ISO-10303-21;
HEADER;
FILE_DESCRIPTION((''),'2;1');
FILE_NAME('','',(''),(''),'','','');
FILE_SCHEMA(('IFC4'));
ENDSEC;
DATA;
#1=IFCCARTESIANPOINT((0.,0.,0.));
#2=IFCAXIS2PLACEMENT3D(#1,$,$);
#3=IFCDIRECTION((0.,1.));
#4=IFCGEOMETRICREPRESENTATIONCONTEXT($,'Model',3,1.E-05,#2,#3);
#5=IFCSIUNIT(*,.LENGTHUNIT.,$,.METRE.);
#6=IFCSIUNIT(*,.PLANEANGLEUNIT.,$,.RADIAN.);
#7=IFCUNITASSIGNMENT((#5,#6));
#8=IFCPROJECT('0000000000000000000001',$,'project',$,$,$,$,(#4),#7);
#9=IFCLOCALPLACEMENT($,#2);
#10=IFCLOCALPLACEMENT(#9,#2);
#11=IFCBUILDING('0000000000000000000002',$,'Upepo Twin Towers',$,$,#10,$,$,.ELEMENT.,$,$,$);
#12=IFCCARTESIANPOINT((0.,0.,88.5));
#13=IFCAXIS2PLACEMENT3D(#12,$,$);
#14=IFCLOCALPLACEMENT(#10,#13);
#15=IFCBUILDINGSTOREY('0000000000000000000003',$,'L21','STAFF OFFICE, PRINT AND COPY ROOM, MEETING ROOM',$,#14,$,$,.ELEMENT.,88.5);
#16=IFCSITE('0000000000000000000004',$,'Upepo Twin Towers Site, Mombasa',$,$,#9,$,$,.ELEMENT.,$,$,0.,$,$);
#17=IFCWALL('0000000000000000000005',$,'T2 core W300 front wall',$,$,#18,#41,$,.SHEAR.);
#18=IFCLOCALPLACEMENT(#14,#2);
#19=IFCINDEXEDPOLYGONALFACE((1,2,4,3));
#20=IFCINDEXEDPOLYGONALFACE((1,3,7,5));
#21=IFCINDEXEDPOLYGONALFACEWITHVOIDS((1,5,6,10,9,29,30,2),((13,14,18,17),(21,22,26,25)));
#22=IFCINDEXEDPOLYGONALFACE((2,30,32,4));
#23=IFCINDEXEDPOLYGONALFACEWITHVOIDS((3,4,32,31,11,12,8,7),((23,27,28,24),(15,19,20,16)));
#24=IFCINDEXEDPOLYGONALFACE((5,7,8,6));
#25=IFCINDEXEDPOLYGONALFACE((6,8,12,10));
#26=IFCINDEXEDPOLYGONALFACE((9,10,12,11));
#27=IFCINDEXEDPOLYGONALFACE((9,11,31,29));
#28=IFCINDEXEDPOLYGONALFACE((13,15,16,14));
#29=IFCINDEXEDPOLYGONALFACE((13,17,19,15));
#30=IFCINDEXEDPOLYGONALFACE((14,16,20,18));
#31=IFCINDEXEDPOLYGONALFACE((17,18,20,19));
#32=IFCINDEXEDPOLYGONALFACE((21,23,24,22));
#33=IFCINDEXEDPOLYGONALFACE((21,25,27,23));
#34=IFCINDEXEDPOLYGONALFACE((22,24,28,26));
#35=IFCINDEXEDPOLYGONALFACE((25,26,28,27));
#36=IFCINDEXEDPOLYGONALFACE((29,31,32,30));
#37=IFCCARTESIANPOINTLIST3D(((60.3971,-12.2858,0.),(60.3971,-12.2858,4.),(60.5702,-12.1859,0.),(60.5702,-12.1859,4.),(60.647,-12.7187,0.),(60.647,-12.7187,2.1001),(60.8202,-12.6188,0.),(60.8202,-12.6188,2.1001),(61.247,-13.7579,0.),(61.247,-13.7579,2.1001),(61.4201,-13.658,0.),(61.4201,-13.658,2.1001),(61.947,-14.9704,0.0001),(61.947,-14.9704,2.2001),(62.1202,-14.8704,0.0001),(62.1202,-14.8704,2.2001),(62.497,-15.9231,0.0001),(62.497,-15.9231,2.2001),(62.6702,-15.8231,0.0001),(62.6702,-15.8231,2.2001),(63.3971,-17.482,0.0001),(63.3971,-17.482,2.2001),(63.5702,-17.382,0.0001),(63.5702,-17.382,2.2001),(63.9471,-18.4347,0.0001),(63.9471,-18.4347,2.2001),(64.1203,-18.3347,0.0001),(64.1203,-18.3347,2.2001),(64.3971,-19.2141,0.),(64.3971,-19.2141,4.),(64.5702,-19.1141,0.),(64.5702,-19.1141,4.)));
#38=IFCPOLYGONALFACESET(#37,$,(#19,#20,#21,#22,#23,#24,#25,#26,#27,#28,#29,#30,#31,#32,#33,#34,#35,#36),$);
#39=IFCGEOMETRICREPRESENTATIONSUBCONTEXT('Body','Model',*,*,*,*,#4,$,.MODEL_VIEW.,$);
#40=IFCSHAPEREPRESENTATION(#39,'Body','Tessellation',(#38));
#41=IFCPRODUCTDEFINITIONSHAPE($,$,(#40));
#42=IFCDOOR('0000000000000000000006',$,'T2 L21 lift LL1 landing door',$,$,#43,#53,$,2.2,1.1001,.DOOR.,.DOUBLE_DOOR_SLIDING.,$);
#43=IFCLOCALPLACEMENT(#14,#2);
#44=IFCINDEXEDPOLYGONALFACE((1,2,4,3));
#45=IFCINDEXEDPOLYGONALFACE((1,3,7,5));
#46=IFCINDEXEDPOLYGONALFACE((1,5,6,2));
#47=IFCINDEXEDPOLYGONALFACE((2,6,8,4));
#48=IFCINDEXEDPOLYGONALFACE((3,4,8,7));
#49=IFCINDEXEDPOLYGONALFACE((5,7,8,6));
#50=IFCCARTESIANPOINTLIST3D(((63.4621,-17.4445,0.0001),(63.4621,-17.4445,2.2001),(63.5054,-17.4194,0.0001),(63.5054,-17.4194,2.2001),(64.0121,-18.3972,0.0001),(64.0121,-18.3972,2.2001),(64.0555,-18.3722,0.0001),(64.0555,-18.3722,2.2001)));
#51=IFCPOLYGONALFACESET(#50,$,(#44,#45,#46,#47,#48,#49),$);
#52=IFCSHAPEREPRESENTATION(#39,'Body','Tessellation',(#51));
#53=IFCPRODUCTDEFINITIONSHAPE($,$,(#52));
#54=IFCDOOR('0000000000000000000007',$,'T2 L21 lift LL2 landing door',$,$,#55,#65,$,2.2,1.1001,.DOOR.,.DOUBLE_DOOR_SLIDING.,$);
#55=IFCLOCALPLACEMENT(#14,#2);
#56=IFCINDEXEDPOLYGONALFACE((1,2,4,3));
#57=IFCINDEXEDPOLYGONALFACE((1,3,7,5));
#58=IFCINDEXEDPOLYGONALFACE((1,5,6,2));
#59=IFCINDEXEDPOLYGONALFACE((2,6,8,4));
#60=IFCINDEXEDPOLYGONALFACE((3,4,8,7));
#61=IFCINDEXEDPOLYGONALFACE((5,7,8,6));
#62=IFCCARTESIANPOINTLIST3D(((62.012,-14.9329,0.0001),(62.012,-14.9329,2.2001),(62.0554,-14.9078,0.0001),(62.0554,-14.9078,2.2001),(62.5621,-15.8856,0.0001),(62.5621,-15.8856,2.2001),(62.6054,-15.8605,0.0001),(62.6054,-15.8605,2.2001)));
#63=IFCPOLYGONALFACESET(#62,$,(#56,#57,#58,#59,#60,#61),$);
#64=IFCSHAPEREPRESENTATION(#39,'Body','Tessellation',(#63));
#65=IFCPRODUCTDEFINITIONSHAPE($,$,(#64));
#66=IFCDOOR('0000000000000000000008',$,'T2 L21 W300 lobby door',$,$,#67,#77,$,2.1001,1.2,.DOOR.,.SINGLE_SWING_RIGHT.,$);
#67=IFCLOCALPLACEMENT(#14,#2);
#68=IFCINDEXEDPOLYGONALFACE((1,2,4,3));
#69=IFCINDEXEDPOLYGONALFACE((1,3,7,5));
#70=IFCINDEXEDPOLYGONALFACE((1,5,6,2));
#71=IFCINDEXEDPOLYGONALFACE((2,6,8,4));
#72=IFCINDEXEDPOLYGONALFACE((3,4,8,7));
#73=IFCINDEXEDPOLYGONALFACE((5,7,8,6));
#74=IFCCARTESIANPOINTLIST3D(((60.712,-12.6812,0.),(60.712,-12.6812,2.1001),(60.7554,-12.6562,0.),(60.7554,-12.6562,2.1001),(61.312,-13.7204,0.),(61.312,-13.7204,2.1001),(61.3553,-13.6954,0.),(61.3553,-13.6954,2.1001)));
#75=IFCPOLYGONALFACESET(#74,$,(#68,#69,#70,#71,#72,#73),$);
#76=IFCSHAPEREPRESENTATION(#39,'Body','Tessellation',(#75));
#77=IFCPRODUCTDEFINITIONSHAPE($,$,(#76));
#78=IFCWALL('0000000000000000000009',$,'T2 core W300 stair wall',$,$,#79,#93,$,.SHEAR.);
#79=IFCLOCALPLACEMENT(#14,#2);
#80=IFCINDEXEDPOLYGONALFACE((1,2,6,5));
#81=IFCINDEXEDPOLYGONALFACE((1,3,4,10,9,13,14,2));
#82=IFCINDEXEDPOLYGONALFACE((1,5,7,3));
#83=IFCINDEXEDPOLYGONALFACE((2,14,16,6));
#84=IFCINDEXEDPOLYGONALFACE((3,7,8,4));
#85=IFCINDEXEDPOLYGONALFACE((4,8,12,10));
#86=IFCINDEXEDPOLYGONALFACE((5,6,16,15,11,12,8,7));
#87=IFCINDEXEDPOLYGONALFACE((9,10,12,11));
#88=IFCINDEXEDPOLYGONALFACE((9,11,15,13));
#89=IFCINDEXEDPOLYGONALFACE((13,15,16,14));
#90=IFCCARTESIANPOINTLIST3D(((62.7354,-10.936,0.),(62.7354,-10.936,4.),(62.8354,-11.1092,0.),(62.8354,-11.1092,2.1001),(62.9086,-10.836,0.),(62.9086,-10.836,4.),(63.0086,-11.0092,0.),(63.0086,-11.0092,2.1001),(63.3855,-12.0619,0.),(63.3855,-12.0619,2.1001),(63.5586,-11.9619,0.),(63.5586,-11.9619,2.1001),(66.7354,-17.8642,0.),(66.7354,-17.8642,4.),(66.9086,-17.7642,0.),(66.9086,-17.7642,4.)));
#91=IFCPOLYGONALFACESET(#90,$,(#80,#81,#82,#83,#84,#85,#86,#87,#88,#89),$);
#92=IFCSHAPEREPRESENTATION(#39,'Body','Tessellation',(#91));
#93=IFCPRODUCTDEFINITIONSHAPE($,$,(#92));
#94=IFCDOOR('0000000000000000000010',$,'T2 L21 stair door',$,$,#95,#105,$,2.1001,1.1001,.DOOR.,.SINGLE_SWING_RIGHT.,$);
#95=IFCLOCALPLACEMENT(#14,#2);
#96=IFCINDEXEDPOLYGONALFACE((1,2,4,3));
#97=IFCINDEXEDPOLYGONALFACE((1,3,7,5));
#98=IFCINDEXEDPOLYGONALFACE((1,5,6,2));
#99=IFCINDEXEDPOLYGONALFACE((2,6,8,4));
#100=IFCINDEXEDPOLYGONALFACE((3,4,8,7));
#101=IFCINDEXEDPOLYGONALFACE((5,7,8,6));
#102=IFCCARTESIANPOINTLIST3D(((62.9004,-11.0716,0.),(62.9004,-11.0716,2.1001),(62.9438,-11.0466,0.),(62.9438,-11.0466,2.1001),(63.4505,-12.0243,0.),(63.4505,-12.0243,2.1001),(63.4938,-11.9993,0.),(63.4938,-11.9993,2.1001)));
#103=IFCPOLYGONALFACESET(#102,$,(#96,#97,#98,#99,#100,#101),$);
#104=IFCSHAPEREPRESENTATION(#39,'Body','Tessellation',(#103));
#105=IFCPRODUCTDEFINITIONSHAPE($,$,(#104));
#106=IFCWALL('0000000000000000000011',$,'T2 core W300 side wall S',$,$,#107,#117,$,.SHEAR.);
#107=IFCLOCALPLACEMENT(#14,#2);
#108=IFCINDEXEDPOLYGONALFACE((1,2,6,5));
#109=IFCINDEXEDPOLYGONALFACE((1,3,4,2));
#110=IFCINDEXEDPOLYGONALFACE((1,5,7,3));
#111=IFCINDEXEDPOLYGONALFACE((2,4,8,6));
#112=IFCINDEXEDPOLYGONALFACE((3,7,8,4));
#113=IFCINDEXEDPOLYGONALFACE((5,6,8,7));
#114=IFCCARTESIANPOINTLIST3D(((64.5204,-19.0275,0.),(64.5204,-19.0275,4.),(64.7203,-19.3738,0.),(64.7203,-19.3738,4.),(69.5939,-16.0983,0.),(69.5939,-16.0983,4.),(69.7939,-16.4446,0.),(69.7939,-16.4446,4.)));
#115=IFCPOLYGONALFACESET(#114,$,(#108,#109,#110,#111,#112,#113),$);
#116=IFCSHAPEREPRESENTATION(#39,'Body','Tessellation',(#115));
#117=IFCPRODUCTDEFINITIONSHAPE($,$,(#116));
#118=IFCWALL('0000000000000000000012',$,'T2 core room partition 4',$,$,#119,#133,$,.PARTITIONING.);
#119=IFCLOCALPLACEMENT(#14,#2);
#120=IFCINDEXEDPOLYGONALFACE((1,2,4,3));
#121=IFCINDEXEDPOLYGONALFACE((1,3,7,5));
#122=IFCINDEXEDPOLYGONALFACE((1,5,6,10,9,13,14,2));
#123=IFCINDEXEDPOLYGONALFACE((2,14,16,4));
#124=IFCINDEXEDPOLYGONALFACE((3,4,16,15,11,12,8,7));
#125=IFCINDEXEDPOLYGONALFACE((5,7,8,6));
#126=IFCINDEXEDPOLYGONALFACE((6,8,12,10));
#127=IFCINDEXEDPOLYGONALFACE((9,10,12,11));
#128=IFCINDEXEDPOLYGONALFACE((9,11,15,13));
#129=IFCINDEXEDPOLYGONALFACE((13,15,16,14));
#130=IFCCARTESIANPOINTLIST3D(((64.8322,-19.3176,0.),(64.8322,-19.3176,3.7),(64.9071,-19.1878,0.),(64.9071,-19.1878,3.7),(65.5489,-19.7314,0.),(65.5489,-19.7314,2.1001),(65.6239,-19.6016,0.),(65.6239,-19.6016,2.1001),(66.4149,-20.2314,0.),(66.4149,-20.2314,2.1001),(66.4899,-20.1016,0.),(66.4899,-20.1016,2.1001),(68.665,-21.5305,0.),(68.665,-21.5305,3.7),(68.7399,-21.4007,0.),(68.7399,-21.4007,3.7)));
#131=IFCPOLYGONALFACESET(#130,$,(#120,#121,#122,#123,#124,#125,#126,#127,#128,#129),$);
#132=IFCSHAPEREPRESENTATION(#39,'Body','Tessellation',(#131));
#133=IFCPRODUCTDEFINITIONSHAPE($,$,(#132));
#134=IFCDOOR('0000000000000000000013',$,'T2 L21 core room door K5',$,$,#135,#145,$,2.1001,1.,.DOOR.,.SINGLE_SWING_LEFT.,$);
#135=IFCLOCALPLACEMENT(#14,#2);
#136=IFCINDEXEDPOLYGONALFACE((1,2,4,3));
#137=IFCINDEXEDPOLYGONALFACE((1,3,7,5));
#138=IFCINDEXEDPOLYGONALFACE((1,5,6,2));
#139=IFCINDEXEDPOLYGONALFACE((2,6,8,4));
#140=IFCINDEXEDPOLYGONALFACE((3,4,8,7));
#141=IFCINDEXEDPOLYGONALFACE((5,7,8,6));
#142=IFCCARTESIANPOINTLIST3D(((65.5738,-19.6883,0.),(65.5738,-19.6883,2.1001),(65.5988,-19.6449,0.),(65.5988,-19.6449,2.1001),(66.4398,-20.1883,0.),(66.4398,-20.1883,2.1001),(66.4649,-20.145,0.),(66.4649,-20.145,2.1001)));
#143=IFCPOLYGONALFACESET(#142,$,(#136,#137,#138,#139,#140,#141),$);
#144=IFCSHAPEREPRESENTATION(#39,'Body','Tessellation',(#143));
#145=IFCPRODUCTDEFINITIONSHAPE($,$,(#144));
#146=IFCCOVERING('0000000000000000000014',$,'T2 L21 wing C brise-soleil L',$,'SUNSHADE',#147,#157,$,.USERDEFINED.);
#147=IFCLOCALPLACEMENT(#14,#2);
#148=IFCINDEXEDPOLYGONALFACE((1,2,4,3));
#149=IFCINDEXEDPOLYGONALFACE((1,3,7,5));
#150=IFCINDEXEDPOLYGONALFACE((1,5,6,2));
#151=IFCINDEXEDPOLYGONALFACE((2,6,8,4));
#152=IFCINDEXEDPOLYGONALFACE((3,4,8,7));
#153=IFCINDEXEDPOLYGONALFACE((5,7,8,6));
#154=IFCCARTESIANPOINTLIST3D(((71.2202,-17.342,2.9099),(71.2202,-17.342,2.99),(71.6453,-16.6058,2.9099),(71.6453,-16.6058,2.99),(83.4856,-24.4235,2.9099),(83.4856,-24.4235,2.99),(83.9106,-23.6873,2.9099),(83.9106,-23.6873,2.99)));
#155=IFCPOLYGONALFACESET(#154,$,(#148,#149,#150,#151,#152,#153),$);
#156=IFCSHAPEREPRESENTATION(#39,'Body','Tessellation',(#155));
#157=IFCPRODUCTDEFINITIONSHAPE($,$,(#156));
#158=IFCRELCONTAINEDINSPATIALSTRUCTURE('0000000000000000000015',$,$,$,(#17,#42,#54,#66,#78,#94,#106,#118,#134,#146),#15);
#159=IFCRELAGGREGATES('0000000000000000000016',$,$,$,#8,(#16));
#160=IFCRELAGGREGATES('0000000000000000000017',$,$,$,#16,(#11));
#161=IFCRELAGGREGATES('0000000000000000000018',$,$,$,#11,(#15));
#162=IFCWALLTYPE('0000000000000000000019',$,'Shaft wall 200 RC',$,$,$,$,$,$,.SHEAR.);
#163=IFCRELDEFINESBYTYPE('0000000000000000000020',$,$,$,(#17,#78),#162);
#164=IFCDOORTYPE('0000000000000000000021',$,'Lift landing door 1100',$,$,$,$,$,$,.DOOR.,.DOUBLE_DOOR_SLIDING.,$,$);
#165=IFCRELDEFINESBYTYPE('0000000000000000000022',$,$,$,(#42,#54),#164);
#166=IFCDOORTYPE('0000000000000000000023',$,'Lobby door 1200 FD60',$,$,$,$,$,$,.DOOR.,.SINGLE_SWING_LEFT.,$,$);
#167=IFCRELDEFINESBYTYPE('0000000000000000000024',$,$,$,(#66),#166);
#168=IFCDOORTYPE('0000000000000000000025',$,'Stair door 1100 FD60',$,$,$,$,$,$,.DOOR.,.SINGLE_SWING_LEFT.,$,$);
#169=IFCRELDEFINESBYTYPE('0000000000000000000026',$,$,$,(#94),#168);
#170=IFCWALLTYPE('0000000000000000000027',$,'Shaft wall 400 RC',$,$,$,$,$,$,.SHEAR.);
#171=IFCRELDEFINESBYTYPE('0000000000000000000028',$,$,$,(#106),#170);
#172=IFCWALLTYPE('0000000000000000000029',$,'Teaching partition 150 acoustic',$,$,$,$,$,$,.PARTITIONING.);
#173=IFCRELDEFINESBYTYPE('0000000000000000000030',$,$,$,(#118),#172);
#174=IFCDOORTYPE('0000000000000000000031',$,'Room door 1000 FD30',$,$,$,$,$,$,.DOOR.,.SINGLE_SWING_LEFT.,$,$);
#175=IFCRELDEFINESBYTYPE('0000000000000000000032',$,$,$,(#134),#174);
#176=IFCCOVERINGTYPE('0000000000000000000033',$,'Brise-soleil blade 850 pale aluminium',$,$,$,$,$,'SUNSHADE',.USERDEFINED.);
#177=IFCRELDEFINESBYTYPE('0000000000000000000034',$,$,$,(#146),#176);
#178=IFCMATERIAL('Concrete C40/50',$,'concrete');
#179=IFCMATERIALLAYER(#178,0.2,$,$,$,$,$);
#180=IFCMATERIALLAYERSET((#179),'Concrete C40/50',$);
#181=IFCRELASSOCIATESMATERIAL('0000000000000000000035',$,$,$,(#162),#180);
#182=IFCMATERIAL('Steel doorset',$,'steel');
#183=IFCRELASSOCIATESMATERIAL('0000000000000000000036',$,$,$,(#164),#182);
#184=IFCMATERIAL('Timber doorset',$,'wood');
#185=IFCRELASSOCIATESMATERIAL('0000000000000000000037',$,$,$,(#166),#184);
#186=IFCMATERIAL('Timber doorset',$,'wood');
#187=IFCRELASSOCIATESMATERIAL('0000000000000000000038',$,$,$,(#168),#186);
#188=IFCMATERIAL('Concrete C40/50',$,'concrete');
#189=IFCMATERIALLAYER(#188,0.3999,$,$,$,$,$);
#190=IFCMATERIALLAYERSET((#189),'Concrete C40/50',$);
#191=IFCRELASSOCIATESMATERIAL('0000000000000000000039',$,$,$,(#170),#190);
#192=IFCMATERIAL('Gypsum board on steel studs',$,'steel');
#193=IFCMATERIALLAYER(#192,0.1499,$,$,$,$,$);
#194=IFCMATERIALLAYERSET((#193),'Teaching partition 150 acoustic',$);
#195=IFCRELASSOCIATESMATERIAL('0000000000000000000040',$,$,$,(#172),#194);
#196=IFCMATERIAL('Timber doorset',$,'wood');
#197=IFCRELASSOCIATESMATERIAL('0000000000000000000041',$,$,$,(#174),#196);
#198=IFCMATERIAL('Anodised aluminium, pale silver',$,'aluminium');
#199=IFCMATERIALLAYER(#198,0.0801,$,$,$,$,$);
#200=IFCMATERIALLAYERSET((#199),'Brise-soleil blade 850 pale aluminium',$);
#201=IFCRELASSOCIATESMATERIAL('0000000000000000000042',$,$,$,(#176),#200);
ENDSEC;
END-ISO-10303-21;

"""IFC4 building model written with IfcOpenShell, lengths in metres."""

from ifc_helpers import new_model, si_unit, direction, frame, frame_2d, origin, origin_2d, place, context, subcontext, project, spatial, rectangle, extrude, material, layer, layer_set, type_object, element, fill, save


model = new_model("IFC4")

# Units and contexts
model_context = context("Model", 3, precision=1e-05, world=origin(), true_north=direction((0.0, 1.0)))
body_context = subcontext(model_context, "Body", "Model", "MODEL_VIEW")
ifc_project = project(units=[si_unit("LENGTHUNIT", "METRE"), si_unit("PLANEANGLEUNIT", "RADIAN")], contexts=[model_context])

# Site, building, storey
site_placement = place(None, origin())
site = spatial("IfcSite", under=ifc_project, at=site_placement, Name="Upepo Twin Towers Site, Mombasa", CompositionType="ELEMENT", RefElevation=0.0)
building_placement = place(site_placement, origin())
building = spatial("IfcBuilding", under=site, at=building_placement, Name="Upepo Twin Towers", CompositionType="ELEMENT")
storey_placement = place(building_placement, frame((0.0, 0.0, 88.5)))
storey = spatial("IfcBuildingStorey", under=building, at=storey_placement, Name="L21", Description="STAFF OFFICE, PRINT AND COPY ROOM, MEETING ROOM", CompositionType="ELEMENT", Elevation=88.5)

# Wall, openings, doors
ifc_material_1 = material(Name="Concrete C40/50", Category="concrete")
ifc_layer_1 = layer(ifc_material_1, 0.2)
ifc_layer_set_1 = layer_set([ifc_layer_1], Name="Concrete C40/50")
wall_type_1 = type_object("IfcWallType", Name="Shaft wall 200 RC", PredefinedType="SHEAR", material=ifc_layer_set_1)
wall_1_placement = place(storey_placement, frame((64.4836, -19.1641, 0.0), z_axis=(0.0, 0.0, 1.0), x_axis=(-0.499999, 0.866026, 0.0)))
wall_1 = element("IfcWall", 1, at=wall_1_placement, inside=storey, type_object=wall_type_1, Name="T2 core W300 front wall", PredefinedType="SHEAR", context=body_context, shape_type="SweptSolid", body=[
    extrude(rectangle(XDim=8.0, YDim=0.2, at=frame_2d((4.0, 0.0))), origin(), (0.0, 0.0, 1.0), 4.0),
])
opening_1_placement = place(wall_1_placement, frame((6.3, 0.0, 0.0)))
opening_1 = element("IfcOpeningElement", 2, at=opening_1_placement, cuts=wall_1, PredefinedType="OPENING", context=body_context, shape_type="SweptSolid", body=[
    extrude(rectangle(XDim=1.2, YDim=2.1001, at=frame_2d((0.6001, 1.05))), frame((0.0, 0.1099, 0.0), z_axis=(0.0, -1.0, 0.0), x_axis=(1.0, 0.0, 0.0)), (0.0, 0.0, 1.0), 0.22),
])
opening_2_placement = place(wall_1_placement, frame((0.8999, 0.0, 0.0)))
opening_2 = element("IfcOpeningElement", 3, at=opening_2_placement, cuts=wall_1, PredefinedType="OPENING", context=body_context, shape_type="SweptSolid", body=[
    extrude(rectangle(XDim=1.1001, YDim=2.2, at=frame_2d((0.55, 1.1001))), frame((0.0, 0.1099, 0.0), z_axis=(0.0, -1.0, 0.0), x_axis=(1.0, 0.0, 0.0)), (0.0, 0.0, 1.0), 0.22),
])
opening_3_placement = place(wall_1_placement, frame((3.8, 0.0, 0.0)))
opening_3 = element("IfcOpeningElement", 4, at=opening_3_placement, cuts=wall_1, PredefinedType="OPENING", context=body_context, shape_type="SweptSolid", body=[
    extrude(rectangle(XDim=1.1001, YDim=2.2, at=frame_2d((0.55, 1.1001))), frame((0.0, 0.1099, 0.0), z_axis=(0.0, -1.0, 0.0), x_axis=(1.0, 0.0, 0.0)), (0.0, 0.0, 1.0), 0.22),
])
ifc_material_2 = material(Name="Steel doorset", Category="steel")
door_type_1 = type_object("IfcDoorType", Name="Lift landing door 1100", OperationType="DOUBLE_DOOR_SLIDING", PredefinedType="DOOR", material=ifc_material_2)
door_1_placement = place(opening_2_placement, origin())
door_1 = element("IfcDoor", 5, at=door_1_placement, inside=storey, type_object=door_type_1, Name="T2 L21 lift LL1 landing door", OperationType="DOUBLE_DOOR_SLIDING", OverallHeight=2.2, OverallWidth=1.1001, PredefinedType="DOOR", context=body_context, shape_type="SweptSolid", body=[
    extrude(rectangle(XDim=1.1001, YDim=2.2, at=frame_2d((0.55, 1.1001))), frame((0.0, 0.0249, 0.0), z_axis=(0.0, -1.0, 0.0), x_axis=(1.0, 0.0, 0.0)), (0.0, 0.0, 1.0), 0.05),
])
fill(opening_2, door_1)
door_2_placement = place(opening_3_placement, origin())
door_2 = element("IfcDoor", 6, at=door_2_placement, inside=storey, type_object=door_type_1, Name="T2 L21 lift LL2 landing door", OperationType="DOUBLE_DOOR_SLIDING", OverallHeight=2.2, OverallWidth=1.1001, PredefinedType="DOOR", context=body_context, shape_type="SweptSolid", body=[
    extrude(rectangle(XDim=1.1001, YDim=2.2, at=frame_2d((0.55, 1.1001))), frame((0.0, 0.0249, 0.0), z_axis=(0.0, -1.0, 0.0), x_axis=(1.0, 0.0, 0.0)), (0.0, 0.0, 1.0), 0.05),
])
fill(opening_3, door_2)
ifc_material_3 = material(Name="Timber doorset", Category="wood")
door_type_2 = type_object("IfcDoorType", Name="Lobby door 1200 FD60", OperationType="SINGLE_SWING_LEFT", PredefinedType="DOOR", material=ifc_material_3)
door_3_placement = place(opening_1_placement, origin())
door_3 = element("IfcDoor", 7, at=door_3_placement, inside=storey, type_object=door_type_2, Name="T2 L21 W300 lobby door", OperationType="SINGLE_SWING_RIGHT", OverallHeight=2.1001, OverallWidth=1.2, PredefinedType="DOOR", context=body_context, shape_type="SweptSolid", body=[
    extrude(rectangle(XDim=1.2, YDim=2.1001, at=frame_2d((0.6001, 1.05))), frame((0.0, 0.0249, 0.0), z_axis=(0.0, -1.0, 0.0), x_axis=(1.0, 0.0, 0.0)), (0.0, 0.0, 1.0), 0.05),
])
fill(opening_1, door_3)

# Wall, opening, door
wall_2_placement = place(storey_placement, frame((66.822, -17.8142, 0.0), z_axis=(0.0, 0.0, 1.0), x_axis=(-0.499999, 0.866026, 0.0)))
wall_2 = element("IfcWall", 8, at=wall_2_placement, inside=storey, type_object=wall_type_1, Name="T2 core W300 stair wall", PredefinedType="SHEAR", context=body_context, shape_type="SweptSolid", body=[
    extrude(rectangle(XDim=8.0, YDim=0.2, at=frame_2d((4.0, 0.0))), origin(), (0.0, 0.0, 1.0), 4.0),
])
opening_4_placement = place(wall_2_placement, frame((6.7, 0.0, 0.0)))
opening_4 = element("IfcOpeningElement", 9, at=opening_4_placement, cuts=wall_2, PredefinedType="OPENING", context=body_context, shape_type="SweptSolid", body=[
    extrude(rectangle(XDim=1.1001, YDim=2.1001, at=frame_2d((0.55, 1.05))), frame((0.0, 0.1099, 0.0), z_axis=(0.0, -1.0, 0.0), x_axis=(1.0, 0.0, 0.0)), (0.0, 0.0, 1.0), 0.22),
])
ifc_material_4 = material(Name="Timber doorset", Category="wood")
door_type_3 = type_object("IfcDoorType", Name="Stair door 1100 FD60", OperationType="SINGLE_SWING_LEFT", PredefinedType="DOOR", material=ifc_material_4)
door_4_placement = place(opening_4_placement, origin())
door_4 = element("IfcDoor", 10, at=door_4_placement, inside=storey, type_object=door_type_3, Name="T2 L21 stair door", OperationType="SINGLE_SWING_RIGHT", OverallHeight=2.1001, OverallWidth=1.1001, PredefinedType="DOOR", context=body_context, shape_type="SweptSolid", body=[
    extrude(rectangle(XDim=1.1001, YDim=2.1001, at=frame_2d((0.55, 1.05))), frame((0.0, 0.0249, 0.0), z_axis=(0.0, -1.0, 0.0), x_axis=(1.0, 0.0, 0.0)), (0.0, 0.0, 1.0), 0.05),
])
fill(opening_4, door_4)

# Wall
ifc_material_5 = material(Name="Concrete C40/50", Category="concrete")
ifc_layer_2 = layer(ifc_material_5, 0.3999)
ifc_layer_set_2 = layer_set([ifc_layer_2], Name="Concrete C40/50")
wall_type_2 = type_object("IfcWallType", Name="Shaft wall 400 RC", PredefinedType="SHEAR", material=ifc_layer_set_2)
wall_3_placement = place(storey_placement, frame((64.6204, -19.2007, 0.0), z_axis=(0.0, 0.0, 1.0), x_axis=(0.866024, 0.500003, 0.0)))
element("IfcWall", 11, at=wall_3_placement, inside=storey, type_object=wall_type_2, Name="T2 core W300 side wall S", PredefinedType="SHEAR", context=body_context, shape_type="SweptSolid", body=[
    extrude(rectangle(XDim=5.8584, YDim=0.3999, at=frame_2d((2.9292, 0.0))), origin(), (0.0, 0.0, 1.0), 4.0),
])

# Wall, opening, door
ifc_material_6 = material(Name="Gypsum board on steel studs", Category="steel")
ifc_layer_3 = layer(ifc_material_6, 0.1499)
ifc_layer_set_3 = layer_set([ifc_layer_3], Name="Teaching partition 150 acoustic")
wall_type_3 = type_object("IfcWallType", Name="Teaching partition 150 acoustic", PredefinedType="PARTITIONING", material=ifc_layer_set_3)
wall_4_placement = place(storey_placement, frame((64.8696, -19.2527, 0.0), z_axis=(0.0, 0.0, 1.0), x_axis=(0.866021, -0.500007, 0.0)))
wall_4 = element("IfcWall", 12, at=wall_4_placement, inside=storey, type_object=wall_type_3, Name="T2 core room partition 4", PredefinedType="PARTITIONING", context=body_context, shape_type="SweptSolid", body=[
    extrude(rectangle(XDim=4.4258, YDim=0.1499, at=frame_2d((2.2129, 0.0))), origin(), (0.0, 0.0, 1.0), 3.7),
])
opening_5_placement = place(wall_4_placement, frame((0.8276, 0.0, 0.0)))
opening_5 = element("IfcOpeningElement", 13, at=opening_5_placement, cuts=wall_4, PredefinedType="OPENING", context=body_context, shape_type="SweptSolid", body=[
    extrude(rectangle(XDim=1.0, YDim=2.1001, at=frame_2d((0.5, 1.05))), frame((0.0, 0.085, 0.0), z_axis=(0.0, -1.0, 0.0), x_axis=(1.0, 0.0, 0.0)), (0.0, 0.0, 1.0), 0.1699),
])
ifc_material_7 = material(Name="Timber doorset", Category="wood")
door_type_4 = type_object("IfcDoorType", Name="Room door 1000 FD30", OperationType="SINGLE_SWING_LEFT", PredefinedType="DOOR", material=ifc_material_7)
door_5_placement = place(opening_5_placement, origin())
door_5 = element("IfcDoor", 14, at=door_5_placement, inside=storey, type_object=door_type_4, Name="T2 L21 core room door K5", OperationType="SINGLE_SWING_LEFT", OverallHeight=2.1001, OverallWidth=1.0, PredefinedType="DOOR", context=body_context, shape_type="SweptSolid", body=[
    extrude(rectangle(XDim=1.0, YDim=2.1001, at=frame_2d((0.5, 1.05))), frame((0.0, 0.0249, 0.0), z_axis=(0.0, -1.0, 0.0), x_axis=(1.0, 0.0, 0.0)), (0.0, 0.0, 1.0), 0.05),
])
fill(opening_5, door_5)

# Covering
ifc_material_8 = material(Name="Anodised aluminium, pale silver", Category="aluminium")
ifc_layer_4 = layer(ifc_material_8, 0.0801)
ifc_layer_set_4 = layer_set([ifc_layer_4], Name="Brise-soleil blade 850 pale aluminium")
covering_type = type_object("IfcCoveringType", Name="Brise-soleil blade 850 pale aluminium", ElementType="SUNSHADE", PredefinedType="USERDEFINED", material=ifc_layer_set_4)
covering_placement = place(storey_placement, frame((77.5654, -20.5146, 2.9099), z_axis=(0.0, 0.0, 1.0), x_axis=(0.866025, -0.5, 0.0)))
element("IfcCovering", 15, at=covering_placement, inside=storey, type_object=covering_type, Name="T2 L21 wing C brise-soleil L", ObjectType="SUNSHADE", PredefinedType="USERDEFINED", context=body_context, shape_type="SweptSolid", body=[
    extrude(rectangle(XDim=14.1628, YDim=0.8501, at=origin_2d()), origin(), (0.0, 0.0, 1.0), 0.0801),
])

save(model, "model.ifc")
